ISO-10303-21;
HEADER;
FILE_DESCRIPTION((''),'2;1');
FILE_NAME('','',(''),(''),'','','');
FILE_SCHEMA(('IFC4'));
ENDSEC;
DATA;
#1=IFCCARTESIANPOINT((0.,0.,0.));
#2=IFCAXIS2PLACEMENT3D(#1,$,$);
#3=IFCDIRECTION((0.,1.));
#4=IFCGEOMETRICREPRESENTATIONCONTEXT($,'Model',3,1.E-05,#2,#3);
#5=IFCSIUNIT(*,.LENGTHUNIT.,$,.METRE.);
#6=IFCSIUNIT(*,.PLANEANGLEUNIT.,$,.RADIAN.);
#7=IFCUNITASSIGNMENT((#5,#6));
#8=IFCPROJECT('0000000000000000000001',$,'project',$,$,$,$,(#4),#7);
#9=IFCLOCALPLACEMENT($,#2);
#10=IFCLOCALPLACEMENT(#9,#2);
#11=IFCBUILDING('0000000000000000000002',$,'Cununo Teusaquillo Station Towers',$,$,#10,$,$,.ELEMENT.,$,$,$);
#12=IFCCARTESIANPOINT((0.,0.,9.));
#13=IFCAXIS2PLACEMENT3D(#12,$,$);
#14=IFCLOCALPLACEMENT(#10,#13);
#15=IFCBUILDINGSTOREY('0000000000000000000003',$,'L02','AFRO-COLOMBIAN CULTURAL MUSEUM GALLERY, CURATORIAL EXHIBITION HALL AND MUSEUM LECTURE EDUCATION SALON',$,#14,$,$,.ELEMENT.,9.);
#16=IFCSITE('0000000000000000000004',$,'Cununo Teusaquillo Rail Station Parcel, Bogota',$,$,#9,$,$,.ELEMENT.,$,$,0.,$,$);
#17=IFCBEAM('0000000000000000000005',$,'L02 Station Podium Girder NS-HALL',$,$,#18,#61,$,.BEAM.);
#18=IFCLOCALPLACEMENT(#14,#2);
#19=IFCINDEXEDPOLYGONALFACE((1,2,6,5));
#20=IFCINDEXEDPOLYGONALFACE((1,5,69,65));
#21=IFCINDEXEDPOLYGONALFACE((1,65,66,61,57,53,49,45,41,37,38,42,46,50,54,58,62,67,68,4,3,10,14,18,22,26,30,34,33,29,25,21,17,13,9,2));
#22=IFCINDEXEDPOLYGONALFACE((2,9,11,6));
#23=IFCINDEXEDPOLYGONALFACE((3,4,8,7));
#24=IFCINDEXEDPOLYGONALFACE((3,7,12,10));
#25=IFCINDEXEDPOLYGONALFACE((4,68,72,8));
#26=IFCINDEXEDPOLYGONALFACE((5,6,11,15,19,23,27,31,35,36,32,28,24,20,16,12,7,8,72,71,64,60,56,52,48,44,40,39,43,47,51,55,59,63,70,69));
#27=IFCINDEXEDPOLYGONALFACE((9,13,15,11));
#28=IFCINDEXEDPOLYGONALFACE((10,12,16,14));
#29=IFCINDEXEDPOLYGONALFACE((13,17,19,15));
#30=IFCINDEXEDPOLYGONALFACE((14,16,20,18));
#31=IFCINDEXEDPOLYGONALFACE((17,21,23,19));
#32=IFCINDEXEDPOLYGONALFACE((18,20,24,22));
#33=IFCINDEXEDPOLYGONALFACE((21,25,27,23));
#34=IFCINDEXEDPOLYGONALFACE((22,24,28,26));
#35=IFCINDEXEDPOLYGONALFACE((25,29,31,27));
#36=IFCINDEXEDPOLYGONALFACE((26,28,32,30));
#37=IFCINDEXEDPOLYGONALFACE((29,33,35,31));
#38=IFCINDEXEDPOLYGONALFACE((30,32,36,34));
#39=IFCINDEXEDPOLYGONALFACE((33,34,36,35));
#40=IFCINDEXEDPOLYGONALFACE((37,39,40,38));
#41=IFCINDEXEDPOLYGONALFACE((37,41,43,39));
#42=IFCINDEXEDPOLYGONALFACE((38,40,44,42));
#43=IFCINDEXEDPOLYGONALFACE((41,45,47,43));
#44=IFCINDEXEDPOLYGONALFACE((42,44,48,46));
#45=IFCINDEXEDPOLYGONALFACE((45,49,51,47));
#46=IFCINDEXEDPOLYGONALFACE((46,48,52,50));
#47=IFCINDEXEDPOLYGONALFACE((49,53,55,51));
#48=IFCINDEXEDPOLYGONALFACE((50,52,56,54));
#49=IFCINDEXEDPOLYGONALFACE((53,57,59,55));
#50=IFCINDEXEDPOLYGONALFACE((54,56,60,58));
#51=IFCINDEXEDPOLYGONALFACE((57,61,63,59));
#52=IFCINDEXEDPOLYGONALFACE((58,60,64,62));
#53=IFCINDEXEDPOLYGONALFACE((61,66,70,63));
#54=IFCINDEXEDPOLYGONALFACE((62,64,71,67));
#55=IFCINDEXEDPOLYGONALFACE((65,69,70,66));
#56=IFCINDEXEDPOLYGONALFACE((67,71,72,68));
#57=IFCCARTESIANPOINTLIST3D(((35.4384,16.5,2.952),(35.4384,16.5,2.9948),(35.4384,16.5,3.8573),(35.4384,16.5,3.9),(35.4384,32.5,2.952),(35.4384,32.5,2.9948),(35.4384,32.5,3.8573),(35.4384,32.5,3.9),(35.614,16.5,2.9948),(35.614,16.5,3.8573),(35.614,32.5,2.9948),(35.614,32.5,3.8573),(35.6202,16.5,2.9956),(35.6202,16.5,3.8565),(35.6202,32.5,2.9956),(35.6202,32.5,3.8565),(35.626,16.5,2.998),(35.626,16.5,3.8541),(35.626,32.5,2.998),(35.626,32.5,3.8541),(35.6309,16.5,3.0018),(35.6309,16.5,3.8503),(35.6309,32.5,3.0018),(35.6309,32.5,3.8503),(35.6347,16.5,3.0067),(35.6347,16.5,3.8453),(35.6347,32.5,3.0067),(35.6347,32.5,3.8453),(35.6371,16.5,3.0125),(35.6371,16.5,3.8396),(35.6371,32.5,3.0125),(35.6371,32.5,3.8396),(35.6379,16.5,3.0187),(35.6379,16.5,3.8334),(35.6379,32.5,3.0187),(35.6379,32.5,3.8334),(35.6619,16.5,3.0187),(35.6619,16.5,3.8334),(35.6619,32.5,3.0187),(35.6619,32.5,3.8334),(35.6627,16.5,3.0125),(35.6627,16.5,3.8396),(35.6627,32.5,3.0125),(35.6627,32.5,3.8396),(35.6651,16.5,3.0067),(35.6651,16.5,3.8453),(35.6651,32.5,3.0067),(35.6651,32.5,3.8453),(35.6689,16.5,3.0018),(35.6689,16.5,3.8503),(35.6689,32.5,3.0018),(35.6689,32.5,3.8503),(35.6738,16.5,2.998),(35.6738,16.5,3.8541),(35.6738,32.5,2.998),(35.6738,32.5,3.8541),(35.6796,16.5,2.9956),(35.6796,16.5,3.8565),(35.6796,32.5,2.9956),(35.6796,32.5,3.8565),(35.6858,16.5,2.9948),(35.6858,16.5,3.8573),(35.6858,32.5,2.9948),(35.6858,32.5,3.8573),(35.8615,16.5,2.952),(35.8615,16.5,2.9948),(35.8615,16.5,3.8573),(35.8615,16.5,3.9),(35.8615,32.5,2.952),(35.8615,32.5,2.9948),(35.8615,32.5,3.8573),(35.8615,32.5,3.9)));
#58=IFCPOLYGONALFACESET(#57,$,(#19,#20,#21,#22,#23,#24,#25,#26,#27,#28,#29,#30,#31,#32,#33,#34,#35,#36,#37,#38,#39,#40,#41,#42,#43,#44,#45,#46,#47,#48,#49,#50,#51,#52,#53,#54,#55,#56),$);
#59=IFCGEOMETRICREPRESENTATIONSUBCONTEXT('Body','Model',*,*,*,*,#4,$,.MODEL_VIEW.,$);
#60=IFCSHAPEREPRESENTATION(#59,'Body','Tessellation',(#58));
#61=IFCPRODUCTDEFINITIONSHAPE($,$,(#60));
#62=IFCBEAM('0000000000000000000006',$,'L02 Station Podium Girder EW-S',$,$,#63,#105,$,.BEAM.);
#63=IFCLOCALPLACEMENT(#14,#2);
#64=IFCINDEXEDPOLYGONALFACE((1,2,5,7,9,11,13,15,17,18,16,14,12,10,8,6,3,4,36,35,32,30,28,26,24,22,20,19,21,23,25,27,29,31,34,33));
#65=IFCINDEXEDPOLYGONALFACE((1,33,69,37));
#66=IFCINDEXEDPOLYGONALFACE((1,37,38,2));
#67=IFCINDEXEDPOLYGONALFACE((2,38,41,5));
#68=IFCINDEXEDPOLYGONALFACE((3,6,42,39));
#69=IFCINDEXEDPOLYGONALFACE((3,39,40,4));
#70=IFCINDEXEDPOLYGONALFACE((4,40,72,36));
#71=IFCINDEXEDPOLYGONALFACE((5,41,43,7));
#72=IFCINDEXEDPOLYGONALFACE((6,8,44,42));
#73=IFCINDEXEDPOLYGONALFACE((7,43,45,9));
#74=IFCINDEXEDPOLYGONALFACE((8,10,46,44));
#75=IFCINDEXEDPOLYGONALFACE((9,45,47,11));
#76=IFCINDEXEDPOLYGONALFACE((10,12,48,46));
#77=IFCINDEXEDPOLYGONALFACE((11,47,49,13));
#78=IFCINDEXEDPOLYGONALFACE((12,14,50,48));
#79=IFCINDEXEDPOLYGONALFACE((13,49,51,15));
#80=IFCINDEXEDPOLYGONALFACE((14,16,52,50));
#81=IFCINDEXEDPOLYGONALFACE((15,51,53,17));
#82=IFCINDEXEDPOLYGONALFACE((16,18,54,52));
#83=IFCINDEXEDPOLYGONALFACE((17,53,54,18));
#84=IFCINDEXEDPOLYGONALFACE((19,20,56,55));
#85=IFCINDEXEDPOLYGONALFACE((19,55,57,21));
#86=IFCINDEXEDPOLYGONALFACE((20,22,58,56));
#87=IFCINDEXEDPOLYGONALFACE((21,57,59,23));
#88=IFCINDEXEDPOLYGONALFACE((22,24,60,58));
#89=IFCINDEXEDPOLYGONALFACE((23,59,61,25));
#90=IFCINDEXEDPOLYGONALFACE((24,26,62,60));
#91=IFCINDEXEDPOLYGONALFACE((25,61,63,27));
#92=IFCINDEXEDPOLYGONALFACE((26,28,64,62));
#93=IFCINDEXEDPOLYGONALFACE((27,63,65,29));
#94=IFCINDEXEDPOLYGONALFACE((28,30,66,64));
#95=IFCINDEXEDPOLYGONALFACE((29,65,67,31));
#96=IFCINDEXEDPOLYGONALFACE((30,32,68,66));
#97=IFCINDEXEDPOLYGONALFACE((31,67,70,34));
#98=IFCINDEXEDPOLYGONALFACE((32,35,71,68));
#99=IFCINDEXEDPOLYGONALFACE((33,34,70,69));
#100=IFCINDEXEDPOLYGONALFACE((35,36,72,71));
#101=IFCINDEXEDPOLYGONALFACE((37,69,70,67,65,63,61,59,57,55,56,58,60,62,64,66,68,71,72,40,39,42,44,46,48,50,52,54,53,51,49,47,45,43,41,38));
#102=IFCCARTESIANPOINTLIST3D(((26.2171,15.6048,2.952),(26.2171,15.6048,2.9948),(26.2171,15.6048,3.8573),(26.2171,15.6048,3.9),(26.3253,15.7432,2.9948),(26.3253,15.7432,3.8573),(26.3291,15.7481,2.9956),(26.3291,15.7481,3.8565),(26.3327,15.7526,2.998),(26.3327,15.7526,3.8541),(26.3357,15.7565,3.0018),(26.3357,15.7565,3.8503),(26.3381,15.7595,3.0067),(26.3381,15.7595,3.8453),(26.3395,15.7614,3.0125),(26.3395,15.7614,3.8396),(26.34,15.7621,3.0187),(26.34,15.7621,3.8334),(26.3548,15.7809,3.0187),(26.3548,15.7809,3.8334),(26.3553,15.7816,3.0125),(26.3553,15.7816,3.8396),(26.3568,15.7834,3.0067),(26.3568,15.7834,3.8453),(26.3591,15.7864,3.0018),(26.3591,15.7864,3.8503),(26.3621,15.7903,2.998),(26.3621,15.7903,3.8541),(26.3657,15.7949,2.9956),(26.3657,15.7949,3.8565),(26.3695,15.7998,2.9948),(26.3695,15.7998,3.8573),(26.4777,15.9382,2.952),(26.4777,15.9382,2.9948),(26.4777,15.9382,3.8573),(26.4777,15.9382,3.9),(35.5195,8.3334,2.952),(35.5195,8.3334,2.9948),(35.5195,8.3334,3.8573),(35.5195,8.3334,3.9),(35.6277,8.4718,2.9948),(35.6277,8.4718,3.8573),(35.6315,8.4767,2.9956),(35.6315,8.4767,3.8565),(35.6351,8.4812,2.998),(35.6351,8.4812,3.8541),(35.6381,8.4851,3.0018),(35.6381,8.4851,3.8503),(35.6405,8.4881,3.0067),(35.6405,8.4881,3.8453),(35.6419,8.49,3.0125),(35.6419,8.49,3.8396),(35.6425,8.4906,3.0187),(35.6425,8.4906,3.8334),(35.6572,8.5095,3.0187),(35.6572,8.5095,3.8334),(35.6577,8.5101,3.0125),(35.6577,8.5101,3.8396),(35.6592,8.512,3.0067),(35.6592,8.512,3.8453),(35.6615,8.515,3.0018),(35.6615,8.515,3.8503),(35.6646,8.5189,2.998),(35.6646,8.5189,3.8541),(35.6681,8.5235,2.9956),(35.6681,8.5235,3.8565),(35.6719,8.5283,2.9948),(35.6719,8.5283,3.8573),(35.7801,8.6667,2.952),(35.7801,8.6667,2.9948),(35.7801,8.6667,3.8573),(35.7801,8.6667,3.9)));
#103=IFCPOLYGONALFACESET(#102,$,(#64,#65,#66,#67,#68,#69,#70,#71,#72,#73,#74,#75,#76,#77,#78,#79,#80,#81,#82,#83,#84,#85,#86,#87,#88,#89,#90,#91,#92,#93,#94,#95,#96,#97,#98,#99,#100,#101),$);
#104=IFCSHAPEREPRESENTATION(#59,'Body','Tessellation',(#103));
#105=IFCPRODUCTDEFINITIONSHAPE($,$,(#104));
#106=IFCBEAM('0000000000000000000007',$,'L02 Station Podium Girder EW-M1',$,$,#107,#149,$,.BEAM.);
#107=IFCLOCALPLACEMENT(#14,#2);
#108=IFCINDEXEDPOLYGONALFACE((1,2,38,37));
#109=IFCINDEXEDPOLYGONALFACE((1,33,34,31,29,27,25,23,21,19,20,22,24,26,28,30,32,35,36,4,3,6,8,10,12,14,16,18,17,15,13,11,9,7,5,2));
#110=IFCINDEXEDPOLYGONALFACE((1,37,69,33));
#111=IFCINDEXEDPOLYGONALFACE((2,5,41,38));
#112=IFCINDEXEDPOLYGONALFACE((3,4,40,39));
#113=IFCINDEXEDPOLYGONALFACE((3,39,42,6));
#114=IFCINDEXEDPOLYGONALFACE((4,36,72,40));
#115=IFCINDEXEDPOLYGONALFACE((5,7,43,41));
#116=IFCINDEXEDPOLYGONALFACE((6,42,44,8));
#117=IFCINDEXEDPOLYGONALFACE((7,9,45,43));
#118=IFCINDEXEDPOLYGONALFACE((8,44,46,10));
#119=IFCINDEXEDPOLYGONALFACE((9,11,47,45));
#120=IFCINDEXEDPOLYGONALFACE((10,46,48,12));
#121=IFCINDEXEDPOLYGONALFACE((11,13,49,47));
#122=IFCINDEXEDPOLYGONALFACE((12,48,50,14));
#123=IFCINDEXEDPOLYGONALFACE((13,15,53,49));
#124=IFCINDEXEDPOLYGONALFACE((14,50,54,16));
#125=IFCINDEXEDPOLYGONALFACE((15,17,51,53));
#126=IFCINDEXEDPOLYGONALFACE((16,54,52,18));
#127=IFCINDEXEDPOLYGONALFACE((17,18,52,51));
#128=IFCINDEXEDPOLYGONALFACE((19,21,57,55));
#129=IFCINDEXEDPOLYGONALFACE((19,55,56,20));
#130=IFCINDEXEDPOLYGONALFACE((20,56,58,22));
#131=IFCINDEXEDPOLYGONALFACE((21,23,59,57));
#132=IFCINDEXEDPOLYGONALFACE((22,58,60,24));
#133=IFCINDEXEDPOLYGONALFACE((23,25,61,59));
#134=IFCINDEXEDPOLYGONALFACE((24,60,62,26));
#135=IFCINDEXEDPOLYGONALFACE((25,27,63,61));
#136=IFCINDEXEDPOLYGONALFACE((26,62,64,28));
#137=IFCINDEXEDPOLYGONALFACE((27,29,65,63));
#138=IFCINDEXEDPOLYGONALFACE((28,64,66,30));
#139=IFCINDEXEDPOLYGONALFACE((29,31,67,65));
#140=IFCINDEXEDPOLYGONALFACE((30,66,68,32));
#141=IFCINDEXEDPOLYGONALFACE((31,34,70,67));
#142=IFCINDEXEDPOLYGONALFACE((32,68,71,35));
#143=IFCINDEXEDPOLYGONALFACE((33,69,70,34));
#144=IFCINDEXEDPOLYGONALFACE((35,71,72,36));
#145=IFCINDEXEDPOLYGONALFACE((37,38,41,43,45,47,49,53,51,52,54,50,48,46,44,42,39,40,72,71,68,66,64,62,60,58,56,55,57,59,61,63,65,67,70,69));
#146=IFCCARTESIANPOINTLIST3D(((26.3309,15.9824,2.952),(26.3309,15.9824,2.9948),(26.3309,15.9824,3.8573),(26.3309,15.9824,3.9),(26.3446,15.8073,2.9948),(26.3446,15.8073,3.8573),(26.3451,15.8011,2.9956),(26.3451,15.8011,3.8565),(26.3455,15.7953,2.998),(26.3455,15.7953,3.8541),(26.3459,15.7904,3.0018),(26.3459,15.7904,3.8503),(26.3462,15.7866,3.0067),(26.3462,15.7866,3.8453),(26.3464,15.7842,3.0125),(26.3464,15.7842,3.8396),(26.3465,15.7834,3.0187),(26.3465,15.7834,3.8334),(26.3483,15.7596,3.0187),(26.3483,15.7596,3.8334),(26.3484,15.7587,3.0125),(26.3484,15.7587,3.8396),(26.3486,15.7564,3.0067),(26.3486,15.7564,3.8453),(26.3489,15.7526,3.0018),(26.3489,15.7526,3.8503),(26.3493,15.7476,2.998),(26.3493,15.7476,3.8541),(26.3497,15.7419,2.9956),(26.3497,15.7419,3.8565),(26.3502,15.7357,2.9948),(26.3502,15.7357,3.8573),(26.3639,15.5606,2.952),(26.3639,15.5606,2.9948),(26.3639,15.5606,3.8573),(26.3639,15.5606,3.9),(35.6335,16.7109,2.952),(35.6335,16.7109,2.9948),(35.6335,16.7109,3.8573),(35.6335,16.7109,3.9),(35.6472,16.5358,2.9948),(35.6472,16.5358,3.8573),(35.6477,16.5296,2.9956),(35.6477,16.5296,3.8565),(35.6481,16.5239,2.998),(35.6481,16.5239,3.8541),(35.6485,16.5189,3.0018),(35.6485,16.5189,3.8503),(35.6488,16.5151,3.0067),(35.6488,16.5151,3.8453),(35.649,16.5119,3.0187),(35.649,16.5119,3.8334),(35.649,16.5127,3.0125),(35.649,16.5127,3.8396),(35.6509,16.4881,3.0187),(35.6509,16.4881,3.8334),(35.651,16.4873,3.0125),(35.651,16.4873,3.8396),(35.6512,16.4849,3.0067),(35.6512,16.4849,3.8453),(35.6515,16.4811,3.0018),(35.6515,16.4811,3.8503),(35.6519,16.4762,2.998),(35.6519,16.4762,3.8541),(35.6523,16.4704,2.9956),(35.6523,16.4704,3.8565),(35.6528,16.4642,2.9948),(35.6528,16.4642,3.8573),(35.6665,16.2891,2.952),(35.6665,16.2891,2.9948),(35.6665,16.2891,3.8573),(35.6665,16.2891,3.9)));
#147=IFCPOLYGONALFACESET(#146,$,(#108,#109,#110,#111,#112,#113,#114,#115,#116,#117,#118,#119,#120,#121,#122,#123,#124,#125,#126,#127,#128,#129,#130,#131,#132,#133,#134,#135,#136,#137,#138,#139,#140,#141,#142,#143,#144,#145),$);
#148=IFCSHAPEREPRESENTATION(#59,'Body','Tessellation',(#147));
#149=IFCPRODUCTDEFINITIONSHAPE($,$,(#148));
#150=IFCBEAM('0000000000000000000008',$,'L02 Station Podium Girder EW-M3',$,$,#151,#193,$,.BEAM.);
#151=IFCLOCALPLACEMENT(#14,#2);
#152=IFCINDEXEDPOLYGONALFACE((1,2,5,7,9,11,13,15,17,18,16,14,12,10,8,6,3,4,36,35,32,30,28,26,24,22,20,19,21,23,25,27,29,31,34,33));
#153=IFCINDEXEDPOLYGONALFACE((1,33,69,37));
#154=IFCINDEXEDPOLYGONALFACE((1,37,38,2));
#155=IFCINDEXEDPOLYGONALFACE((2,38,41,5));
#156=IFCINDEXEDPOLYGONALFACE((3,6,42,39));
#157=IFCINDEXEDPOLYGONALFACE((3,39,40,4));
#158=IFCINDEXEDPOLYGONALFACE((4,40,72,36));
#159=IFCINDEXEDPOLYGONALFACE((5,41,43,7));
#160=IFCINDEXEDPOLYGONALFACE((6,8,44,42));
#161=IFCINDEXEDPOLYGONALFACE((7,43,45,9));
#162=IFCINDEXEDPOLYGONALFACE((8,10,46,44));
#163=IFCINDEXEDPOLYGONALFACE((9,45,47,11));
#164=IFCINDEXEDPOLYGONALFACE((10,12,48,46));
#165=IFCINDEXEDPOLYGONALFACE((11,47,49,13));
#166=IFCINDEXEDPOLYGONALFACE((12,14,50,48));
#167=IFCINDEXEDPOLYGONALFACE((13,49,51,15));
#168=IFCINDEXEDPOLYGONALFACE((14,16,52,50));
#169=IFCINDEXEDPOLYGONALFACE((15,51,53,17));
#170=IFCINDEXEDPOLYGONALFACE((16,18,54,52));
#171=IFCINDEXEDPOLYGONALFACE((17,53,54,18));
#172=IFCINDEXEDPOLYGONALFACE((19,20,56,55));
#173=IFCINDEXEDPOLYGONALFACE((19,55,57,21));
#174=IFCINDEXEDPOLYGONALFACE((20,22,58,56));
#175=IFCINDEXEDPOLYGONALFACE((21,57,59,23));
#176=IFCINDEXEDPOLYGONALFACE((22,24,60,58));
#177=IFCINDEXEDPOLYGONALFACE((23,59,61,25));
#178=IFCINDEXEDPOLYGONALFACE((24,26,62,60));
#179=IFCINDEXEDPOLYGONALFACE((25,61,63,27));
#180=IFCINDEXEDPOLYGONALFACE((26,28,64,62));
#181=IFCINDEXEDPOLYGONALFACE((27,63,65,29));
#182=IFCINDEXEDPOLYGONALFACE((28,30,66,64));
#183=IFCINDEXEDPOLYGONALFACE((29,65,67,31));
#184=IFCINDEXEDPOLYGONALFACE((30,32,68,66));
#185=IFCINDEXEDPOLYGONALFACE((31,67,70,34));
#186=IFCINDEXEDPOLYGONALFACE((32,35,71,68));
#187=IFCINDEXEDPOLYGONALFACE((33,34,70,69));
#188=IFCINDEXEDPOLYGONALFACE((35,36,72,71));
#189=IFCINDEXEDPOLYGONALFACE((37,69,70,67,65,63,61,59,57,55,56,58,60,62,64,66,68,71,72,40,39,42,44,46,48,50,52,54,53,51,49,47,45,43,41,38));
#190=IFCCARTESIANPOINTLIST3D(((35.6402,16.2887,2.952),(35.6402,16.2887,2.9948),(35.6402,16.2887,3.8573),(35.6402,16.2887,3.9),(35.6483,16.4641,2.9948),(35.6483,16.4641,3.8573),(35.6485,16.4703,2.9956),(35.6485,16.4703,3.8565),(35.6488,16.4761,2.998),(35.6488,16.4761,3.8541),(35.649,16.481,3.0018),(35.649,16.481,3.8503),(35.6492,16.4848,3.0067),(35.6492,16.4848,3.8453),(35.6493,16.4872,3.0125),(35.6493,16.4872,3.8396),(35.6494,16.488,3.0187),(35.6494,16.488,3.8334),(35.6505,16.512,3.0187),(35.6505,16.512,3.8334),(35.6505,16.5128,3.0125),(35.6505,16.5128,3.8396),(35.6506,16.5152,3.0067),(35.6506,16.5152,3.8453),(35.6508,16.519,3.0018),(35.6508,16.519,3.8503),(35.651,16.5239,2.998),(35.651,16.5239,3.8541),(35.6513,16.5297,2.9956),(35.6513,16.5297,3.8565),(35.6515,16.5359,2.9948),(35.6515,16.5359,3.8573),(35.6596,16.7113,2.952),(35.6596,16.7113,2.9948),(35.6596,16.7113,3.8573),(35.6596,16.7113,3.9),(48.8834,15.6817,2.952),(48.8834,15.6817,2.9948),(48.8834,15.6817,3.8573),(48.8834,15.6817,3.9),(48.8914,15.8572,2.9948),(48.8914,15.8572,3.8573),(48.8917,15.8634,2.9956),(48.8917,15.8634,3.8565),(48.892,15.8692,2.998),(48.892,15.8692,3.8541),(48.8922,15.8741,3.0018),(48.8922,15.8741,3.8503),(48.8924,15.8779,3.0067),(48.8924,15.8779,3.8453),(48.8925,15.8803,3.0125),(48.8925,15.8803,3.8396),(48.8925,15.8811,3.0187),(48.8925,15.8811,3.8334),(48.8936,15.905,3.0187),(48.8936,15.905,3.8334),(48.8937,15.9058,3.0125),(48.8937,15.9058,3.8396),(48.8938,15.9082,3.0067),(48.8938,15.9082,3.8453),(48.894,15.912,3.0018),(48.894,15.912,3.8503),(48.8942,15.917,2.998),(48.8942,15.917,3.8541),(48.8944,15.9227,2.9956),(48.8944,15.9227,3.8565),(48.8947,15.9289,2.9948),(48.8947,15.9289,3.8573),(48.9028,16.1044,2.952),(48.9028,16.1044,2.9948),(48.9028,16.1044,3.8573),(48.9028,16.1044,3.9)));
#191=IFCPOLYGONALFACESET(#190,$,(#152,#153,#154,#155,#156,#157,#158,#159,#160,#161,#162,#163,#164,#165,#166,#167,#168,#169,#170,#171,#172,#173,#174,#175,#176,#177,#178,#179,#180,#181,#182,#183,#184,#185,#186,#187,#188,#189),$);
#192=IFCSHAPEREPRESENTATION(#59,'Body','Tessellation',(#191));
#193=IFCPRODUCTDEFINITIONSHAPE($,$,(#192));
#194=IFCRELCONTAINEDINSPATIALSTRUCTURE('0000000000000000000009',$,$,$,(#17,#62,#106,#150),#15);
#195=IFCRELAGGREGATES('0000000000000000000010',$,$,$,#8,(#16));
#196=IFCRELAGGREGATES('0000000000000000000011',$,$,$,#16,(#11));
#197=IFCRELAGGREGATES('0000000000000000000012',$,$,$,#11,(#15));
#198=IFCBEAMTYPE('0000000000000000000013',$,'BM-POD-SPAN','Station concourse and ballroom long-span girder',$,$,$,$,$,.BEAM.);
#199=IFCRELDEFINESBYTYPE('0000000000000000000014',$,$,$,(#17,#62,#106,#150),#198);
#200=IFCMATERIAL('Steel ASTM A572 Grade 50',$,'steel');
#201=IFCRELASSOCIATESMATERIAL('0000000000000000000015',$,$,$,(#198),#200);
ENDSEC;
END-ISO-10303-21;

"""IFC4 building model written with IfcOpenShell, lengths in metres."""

from ifc_helpers import new_model, si_unit, direction, frame, origin, origin_2d, place, context, subcontext, project, spatial, i_section, extrude, material, material_profile, profile_set, type_object, element, save


model = new_model("IFC4")

# Units and contexts
model_context = context("Model", 3, precision=1e-05, world=origin(), true_north=direction((0.0, 1.0)))
body_context = subcontext(model_context, "Body", "Model", "MODEL_VIEW")
ifc_project = project(units=[si_unit("LENGTHUNIT", "METRE"), si_unit("PLANEANGLEUNIT", "RADIAN")], contexts=[model_context])

# Site, building, storey
site_placement = place(None, origin())
site = spatial("IfcSite", under=ifc_project, at=site_placement, Name="Cununo Teusaquillo Rail Station Parcel, Bogota", CompositionType="ELEMENT", RefElevation=0.0)
building_placement = place(site_placement, origin())
building = spatial("IfcBuilding", under=site, at=building_placement, Name="Cununo Teusaquillo Station Towers", CompositionType="ELEMENT")
storey_placement = place(building_placement, frame((0.0, 0.0, 9.0)))
storey = spatial("IfcBuildingStorey", under=building, at=storey_placement, Name="L02", Description="AFRO-COLOMBIAN CULTURAL MUSEUM GALLERY, CURATORIAL EXHIBITION HALL AND MUSEUM LECTURE EDUCATION SALON", CompositionType="ELEMENT", Elevation=9.0)

# Beams
ifc_material_1 = material(Name="Steel ASTM A572 Grade 50", Category="steel")
ifc_material_profile_1 = material_profile(ifc_material_1, i_section(OverallWidth=0.4231, OverallDepth=0.948, WebThickness=0.0239, FlangeThickness=0.0427, FilletRadius=0.0239, at=origin_2d()), Name="W36X302")
ifc_profile_set_1 = profile_set([ifc_material_profile_1], Name="Steel ASTM A572 Grade 50")
beam_type_1 = type_object("IfcBeamType", Name="BM-POD-SPAN", Description="Station concourse and ballroom long-span girder", PredefinedType="BEAM", material=ifc_profile_set_1)
beam_1_placement = place(storey_placement, frame((35.6499, 16.5, 3.426), z_axis=(0.0, 1.0, 0.0), x_axis=(-1.0, 0.0, 0.0)))
element("IfcBeam", 1, at=beam_1_placement, inside=storey, type_object=beam_type_1, Name="L02 Station Podium Girder NS-HALL", PredefinedType="BEAM", context=body_context, shape_type="SweptSolid", body=[
    extrude(i_section(OverallWidth=0.4231, OverallDepth=0.948, WebThickness=0.0239, FlangeThickness=0.0427, FilletRadius=0.0239, at=origin_2d()), origin(), (0.0, 0.0, 1.0), 16.0),
])
beam_2_placement = place(storey_placement, frame((26.3474, 15.7715, 3.426), z_axis=(0.787864, -0.61585, 0.0), x_axis=(0.61585, 0.787864, 0.0)))
element("IfcBeam", 2, at=beam_2_placement, inside=storey, type_object=beam_type_1, Name="L02 Station Podium Girder EW-S", PredefinedType="BEAM", context=body_context, shape_type="SweptSolid", body=[
    extrude(i_section(OverallWidth=0.4231, OverallDepth=0.948, WebThickness=0.0239, FlangeThickness=0.0427, FilletRadius=0.0239, at=origin_2d()), origin(), (0.0, 0.0, 1.0), 11.8071),
])
beam_3_placement = place(storey_placement, frame((26.3474, 15.7715, 3.426), z_axis=(0.996947, 0.078075, 0.0), x_axis=(-0.078075, 0.996947, 0.0)))
element("IfcBeam", 3, at=beam_3_placement, inside=storey, type_object=beam_type_1, Name="L02 Station Podium Girder EW-M1", PredefinedType="BEAM", context=body_context, shape_type="SweptSolid", body=[
    extrude(i_section(OverallWidth=0.4231, OverallDepth=0.948, WebThickness=0.0239, FlangeThickness=0.0427, FilletRadius=0.0239, at=origin_2d()), origin(), (0.0, 0.0, 1.0), 9.3311),
])
beam_4_placement = place(storey_placement, frame((35.6499, 16.5, 3.426), z_axis=(0.998951, -0.045782, 0.0), x_axis=(0.045782, 0.998951, 0.0)))
element("IfcBeam", 4, at=beam_4_placement, inside=storey, type_object=beam_type_1, Name="L02 Station Podium Girder EW-M3", PredefinedType="BEAM", context=body_context, shape_type="SweptSolid", body=[
    extrude(i_section(OverallWidth=0.4231, OverallDepth=0.948, WebThickness=0.0239, FlangeThickness=0.0427, FilletRadius=0.0239, at=origin_2d()), origin(), (0.0, 0.0, 1.0), 13.2571),
])

save(model, "model.ifc")
